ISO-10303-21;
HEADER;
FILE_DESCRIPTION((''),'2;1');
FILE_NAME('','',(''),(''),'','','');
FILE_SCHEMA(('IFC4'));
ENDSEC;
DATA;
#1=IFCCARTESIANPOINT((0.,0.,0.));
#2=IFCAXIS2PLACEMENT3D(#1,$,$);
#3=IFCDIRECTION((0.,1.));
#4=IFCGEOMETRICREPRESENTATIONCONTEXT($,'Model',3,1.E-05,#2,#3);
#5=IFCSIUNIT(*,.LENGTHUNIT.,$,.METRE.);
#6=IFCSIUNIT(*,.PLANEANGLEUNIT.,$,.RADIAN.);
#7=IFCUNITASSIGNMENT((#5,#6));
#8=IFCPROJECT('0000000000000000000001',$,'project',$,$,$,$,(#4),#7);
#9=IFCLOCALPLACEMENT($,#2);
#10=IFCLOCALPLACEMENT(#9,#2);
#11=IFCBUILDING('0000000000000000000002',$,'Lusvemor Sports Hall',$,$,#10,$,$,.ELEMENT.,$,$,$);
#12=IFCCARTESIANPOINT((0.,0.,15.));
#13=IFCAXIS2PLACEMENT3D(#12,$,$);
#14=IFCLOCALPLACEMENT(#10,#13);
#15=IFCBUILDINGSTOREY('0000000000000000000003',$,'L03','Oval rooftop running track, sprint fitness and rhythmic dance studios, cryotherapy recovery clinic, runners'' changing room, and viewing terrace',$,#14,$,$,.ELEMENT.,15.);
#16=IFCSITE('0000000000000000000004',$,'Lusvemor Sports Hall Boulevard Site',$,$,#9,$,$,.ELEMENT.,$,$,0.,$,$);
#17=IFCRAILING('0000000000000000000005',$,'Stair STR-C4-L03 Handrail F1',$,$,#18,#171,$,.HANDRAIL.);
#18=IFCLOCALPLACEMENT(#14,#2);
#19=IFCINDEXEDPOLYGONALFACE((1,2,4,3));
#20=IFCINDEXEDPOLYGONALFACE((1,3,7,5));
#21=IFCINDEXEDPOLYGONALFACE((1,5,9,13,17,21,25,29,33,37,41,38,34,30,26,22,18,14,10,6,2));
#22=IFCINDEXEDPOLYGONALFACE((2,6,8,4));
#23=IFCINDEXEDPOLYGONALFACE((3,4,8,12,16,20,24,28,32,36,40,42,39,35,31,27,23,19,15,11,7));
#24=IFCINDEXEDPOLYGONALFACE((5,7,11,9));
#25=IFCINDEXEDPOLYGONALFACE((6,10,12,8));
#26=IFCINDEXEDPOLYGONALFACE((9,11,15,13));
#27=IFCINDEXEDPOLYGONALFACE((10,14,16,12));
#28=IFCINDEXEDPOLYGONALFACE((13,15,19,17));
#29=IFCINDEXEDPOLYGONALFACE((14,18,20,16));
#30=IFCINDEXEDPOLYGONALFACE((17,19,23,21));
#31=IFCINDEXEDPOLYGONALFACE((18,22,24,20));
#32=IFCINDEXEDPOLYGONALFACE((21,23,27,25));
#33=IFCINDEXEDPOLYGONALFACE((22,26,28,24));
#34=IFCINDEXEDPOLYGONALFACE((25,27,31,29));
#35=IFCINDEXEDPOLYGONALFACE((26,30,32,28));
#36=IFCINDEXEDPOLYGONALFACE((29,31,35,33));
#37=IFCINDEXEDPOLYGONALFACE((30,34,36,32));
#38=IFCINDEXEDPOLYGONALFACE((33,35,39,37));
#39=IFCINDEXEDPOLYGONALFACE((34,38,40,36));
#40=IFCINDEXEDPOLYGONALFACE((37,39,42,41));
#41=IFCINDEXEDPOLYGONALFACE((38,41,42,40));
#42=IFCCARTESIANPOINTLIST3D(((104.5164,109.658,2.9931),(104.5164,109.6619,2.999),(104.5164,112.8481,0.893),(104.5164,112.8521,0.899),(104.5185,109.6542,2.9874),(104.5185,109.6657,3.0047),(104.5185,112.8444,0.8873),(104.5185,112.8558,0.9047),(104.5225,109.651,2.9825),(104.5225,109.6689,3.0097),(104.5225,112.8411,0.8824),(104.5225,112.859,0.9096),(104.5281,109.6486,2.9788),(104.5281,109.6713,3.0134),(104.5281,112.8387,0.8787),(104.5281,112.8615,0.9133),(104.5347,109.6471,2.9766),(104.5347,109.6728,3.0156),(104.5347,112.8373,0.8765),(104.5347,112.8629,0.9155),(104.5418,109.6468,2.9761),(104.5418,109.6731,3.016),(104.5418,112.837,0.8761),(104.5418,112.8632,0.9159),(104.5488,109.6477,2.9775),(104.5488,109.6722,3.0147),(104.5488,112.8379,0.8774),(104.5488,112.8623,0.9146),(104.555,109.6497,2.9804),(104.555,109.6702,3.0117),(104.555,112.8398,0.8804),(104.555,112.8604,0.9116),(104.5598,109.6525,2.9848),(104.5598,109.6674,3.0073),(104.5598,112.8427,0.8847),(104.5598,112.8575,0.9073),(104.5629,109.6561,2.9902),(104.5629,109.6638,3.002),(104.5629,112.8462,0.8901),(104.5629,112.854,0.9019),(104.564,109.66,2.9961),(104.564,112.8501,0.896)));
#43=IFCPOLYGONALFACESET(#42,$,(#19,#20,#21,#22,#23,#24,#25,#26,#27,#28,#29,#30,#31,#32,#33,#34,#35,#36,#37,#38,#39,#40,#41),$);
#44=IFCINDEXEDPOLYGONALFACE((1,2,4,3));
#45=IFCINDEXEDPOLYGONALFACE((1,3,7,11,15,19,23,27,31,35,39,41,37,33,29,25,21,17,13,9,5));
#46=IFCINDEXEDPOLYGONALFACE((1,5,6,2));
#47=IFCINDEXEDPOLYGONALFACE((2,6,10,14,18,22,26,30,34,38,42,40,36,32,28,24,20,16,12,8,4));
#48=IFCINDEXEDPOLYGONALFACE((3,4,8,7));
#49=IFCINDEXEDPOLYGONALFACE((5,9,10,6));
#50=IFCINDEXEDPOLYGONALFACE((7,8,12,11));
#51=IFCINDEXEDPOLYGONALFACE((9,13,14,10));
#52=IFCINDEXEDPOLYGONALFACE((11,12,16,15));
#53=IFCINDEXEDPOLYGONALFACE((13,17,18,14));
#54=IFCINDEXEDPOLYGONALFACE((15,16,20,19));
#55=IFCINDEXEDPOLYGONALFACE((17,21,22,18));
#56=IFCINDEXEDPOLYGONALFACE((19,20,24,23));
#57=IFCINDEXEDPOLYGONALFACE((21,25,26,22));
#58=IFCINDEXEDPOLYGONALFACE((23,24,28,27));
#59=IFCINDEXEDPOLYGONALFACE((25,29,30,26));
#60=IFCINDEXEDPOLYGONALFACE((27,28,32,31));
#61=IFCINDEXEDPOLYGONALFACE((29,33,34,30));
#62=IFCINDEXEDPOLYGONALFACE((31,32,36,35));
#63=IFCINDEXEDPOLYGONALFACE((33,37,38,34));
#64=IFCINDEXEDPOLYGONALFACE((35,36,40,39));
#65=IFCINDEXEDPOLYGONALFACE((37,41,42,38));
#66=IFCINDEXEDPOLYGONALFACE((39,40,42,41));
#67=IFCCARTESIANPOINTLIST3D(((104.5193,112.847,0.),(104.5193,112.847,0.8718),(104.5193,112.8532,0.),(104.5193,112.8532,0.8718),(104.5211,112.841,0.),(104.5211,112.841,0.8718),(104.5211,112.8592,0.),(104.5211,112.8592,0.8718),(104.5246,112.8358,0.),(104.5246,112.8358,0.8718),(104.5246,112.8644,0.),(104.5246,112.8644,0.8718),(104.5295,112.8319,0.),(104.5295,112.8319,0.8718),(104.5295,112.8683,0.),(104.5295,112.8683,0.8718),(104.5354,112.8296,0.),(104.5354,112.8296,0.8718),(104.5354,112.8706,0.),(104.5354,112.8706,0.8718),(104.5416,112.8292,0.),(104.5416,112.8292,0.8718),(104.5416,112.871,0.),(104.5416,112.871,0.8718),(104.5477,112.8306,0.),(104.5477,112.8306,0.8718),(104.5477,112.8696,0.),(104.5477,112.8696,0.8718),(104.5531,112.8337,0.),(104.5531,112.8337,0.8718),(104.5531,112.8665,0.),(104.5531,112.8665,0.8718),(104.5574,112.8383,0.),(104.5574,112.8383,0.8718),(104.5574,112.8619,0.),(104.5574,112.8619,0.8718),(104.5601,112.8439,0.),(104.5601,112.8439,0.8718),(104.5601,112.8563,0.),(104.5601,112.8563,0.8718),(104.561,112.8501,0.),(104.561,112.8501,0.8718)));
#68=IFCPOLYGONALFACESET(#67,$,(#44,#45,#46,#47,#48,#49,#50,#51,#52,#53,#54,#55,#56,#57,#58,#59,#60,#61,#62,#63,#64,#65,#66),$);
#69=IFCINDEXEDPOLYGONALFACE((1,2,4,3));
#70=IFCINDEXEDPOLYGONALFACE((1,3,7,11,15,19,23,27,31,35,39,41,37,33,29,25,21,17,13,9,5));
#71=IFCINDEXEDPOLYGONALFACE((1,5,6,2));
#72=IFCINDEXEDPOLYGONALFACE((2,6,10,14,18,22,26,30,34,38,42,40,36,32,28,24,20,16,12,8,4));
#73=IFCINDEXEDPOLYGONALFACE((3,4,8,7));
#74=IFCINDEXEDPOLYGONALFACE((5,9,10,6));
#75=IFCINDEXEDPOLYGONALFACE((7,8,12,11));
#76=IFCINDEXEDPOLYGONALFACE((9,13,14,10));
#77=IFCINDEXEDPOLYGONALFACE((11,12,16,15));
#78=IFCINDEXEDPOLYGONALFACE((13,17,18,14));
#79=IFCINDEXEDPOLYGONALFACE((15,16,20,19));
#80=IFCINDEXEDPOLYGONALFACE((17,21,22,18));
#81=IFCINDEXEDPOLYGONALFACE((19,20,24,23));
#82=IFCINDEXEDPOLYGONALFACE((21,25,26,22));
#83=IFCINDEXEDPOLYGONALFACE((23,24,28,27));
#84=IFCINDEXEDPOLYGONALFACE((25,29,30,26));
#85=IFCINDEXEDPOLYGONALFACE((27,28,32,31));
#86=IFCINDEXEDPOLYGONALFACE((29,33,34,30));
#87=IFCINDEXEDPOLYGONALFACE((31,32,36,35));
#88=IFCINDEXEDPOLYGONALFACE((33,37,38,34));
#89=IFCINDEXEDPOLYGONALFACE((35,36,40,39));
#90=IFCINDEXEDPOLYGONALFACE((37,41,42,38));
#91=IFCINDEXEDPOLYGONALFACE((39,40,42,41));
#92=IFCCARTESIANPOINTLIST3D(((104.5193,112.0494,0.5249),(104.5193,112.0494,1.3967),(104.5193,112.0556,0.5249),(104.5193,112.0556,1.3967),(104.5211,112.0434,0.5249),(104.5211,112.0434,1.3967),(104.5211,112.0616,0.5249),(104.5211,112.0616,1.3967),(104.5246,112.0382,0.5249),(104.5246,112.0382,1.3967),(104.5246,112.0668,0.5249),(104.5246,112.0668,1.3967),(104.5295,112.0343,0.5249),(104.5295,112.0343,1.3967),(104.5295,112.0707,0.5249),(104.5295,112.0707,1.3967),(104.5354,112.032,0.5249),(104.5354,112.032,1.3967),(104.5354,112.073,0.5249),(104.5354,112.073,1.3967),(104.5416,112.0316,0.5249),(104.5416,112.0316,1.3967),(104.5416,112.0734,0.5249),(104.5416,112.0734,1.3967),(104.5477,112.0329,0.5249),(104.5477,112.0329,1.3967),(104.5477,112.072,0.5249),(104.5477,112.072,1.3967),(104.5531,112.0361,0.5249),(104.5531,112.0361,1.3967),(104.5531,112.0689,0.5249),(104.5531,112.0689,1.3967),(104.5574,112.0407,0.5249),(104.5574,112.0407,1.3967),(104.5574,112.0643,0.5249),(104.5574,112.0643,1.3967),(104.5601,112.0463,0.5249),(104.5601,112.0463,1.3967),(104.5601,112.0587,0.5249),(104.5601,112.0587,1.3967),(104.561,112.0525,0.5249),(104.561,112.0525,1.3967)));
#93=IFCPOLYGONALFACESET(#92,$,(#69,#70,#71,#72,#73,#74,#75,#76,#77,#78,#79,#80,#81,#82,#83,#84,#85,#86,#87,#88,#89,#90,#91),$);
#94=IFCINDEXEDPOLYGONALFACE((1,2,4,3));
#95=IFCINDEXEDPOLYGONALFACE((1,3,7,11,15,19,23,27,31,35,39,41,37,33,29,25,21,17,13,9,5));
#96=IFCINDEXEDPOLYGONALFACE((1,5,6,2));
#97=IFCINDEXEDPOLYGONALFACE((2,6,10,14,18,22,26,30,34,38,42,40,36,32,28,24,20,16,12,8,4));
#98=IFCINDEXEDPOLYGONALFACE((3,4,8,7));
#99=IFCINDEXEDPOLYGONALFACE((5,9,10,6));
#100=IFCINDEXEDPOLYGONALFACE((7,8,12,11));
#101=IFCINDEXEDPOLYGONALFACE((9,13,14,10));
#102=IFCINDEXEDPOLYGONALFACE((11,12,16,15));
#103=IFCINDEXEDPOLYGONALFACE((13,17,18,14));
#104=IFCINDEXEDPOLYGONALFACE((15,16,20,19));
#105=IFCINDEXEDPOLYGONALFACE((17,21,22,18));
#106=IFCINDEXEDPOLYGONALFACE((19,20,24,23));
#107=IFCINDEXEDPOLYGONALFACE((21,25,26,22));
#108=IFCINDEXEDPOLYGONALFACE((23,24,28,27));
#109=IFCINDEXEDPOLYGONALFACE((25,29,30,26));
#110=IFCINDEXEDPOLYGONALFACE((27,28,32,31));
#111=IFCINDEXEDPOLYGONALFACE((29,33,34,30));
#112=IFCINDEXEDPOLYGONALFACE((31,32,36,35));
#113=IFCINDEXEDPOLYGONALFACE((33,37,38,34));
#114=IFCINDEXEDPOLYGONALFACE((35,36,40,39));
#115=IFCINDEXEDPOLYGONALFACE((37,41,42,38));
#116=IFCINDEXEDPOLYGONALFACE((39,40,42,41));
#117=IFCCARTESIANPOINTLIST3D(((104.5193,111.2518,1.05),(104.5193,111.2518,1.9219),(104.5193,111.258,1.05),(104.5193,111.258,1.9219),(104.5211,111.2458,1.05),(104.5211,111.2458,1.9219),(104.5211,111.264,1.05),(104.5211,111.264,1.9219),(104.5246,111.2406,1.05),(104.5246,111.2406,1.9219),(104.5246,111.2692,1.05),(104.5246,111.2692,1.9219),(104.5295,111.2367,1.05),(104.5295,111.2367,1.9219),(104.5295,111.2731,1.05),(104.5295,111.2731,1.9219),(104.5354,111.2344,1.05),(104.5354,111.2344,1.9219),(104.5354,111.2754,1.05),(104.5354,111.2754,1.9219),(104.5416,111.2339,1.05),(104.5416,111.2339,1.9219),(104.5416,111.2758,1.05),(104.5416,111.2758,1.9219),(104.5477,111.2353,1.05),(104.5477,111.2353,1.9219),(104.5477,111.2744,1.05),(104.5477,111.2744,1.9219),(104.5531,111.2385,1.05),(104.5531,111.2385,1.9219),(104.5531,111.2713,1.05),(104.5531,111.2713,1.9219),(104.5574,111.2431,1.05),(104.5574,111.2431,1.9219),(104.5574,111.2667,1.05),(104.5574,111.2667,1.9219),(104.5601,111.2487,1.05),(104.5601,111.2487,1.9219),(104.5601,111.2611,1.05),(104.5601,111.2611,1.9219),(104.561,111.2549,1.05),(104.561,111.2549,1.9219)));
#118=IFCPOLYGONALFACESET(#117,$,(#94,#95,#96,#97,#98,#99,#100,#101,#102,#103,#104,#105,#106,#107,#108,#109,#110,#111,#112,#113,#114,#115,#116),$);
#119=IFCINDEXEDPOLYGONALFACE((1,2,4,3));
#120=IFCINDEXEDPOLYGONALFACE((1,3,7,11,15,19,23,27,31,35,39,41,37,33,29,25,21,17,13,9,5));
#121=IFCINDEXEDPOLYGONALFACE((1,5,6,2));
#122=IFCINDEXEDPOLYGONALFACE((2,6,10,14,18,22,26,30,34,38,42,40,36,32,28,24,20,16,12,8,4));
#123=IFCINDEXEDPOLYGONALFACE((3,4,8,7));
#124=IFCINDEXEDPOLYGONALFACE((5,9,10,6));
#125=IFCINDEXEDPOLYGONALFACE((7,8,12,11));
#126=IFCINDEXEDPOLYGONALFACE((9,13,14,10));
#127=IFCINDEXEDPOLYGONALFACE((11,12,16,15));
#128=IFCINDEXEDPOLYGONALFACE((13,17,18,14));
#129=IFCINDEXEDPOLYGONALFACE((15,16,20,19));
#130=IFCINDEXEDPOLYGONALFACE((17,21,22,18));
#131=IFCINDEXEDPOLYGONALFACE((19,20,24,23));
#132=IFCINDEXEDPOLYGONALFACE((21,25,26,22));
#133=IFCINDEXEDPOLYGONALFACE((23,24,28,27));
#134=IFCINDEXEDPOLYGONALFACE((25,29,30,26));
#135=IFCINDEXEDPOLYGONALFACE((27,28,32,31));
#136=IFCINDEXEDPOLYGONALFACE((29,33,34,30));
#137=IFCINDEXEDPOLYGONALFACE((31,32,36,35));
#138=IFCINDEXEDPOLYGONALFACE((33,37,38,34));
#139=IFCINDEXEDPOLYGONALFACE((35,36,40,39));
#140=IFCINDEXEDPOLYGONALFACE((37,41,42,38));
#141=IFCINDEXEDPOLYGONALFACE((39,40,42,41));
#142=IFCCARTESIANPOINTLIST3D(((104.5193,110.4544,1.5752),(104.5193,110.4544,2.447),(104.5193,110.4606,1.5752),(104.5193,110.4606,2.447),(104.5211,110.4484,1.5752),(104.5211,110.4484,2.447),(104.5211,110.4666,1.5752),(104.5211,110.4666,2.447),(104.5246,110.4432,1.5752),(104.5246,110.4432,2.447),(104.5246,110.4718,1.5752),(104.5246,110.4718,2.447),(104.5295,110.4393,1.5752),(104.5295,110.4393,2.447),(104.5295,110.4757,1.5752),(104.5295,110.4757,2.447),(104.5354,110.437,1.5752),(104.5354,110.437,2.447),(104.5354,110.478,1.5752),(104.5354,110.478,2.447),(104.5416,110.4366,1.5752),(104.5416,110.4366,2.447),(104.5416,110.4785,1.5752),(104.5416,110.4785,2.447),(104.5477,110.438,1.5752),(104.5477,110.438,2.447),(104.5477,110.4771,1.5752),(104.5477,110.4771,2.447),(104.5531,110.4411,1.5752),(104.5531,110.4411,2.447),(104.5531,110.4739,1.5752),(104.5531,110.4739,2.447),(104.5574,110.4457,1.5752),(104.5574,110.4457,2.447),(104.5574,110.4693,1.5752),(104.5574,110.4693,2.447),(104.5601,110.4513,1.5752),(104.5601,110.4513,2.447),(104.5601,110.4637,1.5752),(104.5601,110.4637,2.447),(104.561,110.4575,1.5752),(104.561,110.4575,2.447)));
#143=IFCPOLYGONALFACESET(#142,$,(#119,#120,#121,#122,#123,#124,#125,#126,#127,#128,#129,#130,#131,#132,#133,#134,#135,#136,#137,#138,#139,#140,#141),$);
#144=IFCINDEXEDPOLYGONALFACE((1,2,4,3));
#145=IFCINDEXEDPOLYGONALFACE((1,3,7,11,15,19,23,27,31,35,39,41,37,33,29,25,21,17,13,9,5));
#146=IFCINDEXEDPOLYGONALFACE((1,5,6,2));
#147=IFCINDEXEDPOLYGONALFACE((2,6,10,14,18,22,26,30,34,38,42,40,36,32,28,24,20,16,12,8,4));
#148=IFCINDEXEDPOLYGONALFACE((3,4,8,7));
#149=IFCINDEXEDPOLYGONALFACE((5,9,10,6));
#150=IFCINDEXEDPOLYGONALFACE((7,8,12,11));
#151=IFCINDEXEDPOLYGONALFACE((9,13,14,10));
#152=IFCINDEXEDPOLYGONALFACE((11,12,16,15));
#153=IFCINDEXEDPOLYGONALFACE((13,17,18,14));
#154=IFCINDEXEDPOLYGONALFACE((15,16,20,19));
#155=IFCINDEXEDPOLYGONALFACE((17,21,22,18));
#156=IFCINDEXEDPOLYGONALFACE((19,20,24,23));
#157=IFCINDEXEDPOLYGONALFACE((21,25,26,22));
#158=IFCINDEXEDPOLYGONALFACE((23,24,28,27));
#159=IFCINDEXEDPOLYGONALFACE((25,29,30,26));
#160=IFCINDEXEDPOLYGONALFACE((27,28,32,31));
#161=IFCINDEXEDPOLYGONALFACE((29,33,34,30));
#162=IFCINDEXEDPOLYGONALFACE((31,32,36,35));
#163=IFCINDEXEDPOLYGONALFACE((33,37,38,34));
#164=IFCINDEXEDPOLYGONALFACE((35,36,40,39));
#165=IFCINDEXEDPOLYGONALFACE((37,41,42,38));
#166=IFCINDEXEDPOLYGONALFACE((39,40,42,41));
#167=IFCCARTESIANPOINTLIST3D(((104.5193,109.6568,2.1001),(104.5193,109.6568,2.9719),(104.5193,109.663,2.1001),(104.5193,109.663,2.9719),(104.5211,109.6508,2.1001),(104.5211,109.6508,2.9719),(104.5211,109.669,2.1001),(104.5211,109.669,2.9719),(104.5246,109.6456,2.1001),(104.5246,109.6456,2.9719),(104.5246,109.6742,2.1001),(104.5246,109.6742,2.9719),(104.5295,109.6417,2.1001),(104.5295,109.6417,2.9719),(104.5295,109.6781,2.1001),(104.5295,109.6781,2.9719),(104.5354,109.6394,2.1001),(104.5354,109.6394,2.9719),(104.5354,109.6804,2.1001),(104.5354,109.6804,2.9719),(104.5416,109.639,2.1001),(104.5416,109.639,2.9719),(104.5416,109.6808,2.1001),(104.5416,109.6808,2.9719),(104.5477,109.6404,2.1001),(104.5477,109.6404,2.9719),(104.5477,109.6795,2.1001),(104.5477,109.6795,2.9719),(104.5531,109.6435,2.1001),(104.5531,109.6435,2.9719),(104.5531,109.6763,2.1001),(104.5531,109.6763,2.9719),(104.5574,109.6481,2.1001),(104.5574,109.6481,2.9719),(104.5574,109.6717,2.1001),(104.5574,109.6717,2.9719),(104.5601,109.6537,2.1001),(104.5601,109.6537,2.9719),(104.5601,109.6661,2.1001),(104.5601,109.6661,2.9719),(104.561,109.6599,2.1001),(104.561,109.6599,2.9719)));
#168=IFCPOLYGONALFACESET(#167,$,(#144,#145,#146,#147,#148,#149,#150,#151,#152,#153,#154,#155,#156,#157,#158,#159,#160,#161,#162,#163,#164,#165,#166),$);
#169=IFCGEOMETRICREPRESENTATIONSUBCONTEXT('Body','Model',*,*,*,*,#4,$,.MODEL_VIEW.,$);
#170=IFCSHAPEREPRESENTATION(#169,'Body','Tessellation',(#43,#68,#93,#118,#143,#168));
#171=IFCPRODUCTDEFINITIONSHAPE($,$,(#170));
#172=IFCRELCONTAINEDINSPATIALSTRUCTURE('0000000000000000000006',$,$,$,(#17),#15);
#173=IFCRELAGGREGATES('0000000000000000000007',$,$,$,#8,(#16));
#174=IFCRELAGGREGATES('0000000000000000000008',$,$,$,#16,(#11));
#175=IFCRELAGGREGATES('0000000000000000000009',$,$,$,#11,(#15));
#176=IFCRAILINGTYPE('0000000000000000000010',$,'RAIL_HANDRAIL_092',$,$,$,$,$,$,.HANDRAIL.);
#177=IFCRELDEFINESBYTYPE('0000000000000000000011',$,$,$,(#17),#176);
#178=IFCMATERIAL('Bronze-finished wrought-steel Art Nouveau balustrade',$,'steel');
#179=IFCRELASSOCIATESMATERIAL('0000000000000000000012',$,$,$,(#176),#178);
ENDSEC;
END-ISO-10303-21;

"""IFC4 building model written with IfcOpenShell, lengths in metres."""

from ifc_helpers import new_model, si_unit, direction, frame, origin, origin_2d, place, context, subcontext, project, spatial, circle, extrude, material, type_object, element, save


model = new_model("IFC4")

# Units and contexts
model_context = context("Model", 3, precision=1e-05, world=origin(), true_north=direction((0.0, 1.0)))
body_context = subcontext(model_context, "Body", "Model", "MODEL_VIEW")
ifc_project = project(units=[si_unit("LENGTHUNIT", "METRE"), si_unit("PLANEANGLEUNIT", "RADIAN")], contexts=[model_context])

# Site, building, storey
site_placement = place(None, origin())
site = spatial("IfcSite", under=ifc_project, at=site_placement, Name="Lusvemor Sports Hall Boulevard Site", CompositionType="ELEMENT", RefElevation=0.0)
building_placement = place(site_placement, origin())
building = spatial("IfcBuilding", under=site, at=building_placement, Name="Lusvemor Sports Hall", CompositionType="ELEMENT")
storey_placement = place(building_placement, frame((0.0, 0.0, 15.0)))
storey = spatial("IfcBuildingStorey", under=building, at=storey_placement, Name="L03", Description="Oval rooftop running track, sprint fitness and rhythmic dance studios, cryotherapy recovery clinic, runners' changing room, and viewing terrace", CompositionType="ELEMENT", Elevation=15.0)

# Railing
ifc_material_1 = material(Name="Bronze-finished wrought-steel Art Nouveau balustrade", Category="steel")
railing_type_1 = type_object("IfcRailingType", Name="RAIL_HANDRAIL_092", PredefinedType="HANDRAIL", material=ifc_material_1)
railing_1_placement = place(storey_placement, frame((104.54, 112.8501, 0.0)))
element("IfcRailing", 1, at=railing_1_placement, inside=storey, type_object=railing_type_1, Name="Stair STR-C4-L03 Handrail F1", PredefinedType="HANDRAIL", context=body_context, shape_type="SweptSolid", body=[
    extrude(circle(Radius=0.0239, at=origin_2d()), frame((0.0, 0.0, 0.896), z_axis=(0.0, -0.835262, 0.549852), x_axis=(1.0, 0.0, 0.0)), (0.0, 0.0, 1.0), 3.8193),
    extrude(circle(Radius=0.021, at=origin_2d()), origin(), (0.0, 0.0, 1.0), 0.8718),
    extrude(circle(Radius=0.021, at=origin_2d()), frame((0.0, -0.7976, 0.5249)), (0.0, 0.0, 1.0), 0.8718),
    extrude(circle(Radius=0.021, at=origin_2d()), frame((0.0, -1.5952, 1.05)), (0.0, 0.0, 1.0), 0.8718),
    extrude(circle(Radius=0.021, at=origin_2d()), frame((0.0, -2.3926, 1.5752)), (0.0, 0.0, 1.0), 0.8718),
    extrude(circle(Radius=0.021, at=origin_2d()), frame((0.0, -3.1902, 2.1001)), (0.0, 0.0, 1.0), 0.8718),
])

save(model, "model.ifc")
